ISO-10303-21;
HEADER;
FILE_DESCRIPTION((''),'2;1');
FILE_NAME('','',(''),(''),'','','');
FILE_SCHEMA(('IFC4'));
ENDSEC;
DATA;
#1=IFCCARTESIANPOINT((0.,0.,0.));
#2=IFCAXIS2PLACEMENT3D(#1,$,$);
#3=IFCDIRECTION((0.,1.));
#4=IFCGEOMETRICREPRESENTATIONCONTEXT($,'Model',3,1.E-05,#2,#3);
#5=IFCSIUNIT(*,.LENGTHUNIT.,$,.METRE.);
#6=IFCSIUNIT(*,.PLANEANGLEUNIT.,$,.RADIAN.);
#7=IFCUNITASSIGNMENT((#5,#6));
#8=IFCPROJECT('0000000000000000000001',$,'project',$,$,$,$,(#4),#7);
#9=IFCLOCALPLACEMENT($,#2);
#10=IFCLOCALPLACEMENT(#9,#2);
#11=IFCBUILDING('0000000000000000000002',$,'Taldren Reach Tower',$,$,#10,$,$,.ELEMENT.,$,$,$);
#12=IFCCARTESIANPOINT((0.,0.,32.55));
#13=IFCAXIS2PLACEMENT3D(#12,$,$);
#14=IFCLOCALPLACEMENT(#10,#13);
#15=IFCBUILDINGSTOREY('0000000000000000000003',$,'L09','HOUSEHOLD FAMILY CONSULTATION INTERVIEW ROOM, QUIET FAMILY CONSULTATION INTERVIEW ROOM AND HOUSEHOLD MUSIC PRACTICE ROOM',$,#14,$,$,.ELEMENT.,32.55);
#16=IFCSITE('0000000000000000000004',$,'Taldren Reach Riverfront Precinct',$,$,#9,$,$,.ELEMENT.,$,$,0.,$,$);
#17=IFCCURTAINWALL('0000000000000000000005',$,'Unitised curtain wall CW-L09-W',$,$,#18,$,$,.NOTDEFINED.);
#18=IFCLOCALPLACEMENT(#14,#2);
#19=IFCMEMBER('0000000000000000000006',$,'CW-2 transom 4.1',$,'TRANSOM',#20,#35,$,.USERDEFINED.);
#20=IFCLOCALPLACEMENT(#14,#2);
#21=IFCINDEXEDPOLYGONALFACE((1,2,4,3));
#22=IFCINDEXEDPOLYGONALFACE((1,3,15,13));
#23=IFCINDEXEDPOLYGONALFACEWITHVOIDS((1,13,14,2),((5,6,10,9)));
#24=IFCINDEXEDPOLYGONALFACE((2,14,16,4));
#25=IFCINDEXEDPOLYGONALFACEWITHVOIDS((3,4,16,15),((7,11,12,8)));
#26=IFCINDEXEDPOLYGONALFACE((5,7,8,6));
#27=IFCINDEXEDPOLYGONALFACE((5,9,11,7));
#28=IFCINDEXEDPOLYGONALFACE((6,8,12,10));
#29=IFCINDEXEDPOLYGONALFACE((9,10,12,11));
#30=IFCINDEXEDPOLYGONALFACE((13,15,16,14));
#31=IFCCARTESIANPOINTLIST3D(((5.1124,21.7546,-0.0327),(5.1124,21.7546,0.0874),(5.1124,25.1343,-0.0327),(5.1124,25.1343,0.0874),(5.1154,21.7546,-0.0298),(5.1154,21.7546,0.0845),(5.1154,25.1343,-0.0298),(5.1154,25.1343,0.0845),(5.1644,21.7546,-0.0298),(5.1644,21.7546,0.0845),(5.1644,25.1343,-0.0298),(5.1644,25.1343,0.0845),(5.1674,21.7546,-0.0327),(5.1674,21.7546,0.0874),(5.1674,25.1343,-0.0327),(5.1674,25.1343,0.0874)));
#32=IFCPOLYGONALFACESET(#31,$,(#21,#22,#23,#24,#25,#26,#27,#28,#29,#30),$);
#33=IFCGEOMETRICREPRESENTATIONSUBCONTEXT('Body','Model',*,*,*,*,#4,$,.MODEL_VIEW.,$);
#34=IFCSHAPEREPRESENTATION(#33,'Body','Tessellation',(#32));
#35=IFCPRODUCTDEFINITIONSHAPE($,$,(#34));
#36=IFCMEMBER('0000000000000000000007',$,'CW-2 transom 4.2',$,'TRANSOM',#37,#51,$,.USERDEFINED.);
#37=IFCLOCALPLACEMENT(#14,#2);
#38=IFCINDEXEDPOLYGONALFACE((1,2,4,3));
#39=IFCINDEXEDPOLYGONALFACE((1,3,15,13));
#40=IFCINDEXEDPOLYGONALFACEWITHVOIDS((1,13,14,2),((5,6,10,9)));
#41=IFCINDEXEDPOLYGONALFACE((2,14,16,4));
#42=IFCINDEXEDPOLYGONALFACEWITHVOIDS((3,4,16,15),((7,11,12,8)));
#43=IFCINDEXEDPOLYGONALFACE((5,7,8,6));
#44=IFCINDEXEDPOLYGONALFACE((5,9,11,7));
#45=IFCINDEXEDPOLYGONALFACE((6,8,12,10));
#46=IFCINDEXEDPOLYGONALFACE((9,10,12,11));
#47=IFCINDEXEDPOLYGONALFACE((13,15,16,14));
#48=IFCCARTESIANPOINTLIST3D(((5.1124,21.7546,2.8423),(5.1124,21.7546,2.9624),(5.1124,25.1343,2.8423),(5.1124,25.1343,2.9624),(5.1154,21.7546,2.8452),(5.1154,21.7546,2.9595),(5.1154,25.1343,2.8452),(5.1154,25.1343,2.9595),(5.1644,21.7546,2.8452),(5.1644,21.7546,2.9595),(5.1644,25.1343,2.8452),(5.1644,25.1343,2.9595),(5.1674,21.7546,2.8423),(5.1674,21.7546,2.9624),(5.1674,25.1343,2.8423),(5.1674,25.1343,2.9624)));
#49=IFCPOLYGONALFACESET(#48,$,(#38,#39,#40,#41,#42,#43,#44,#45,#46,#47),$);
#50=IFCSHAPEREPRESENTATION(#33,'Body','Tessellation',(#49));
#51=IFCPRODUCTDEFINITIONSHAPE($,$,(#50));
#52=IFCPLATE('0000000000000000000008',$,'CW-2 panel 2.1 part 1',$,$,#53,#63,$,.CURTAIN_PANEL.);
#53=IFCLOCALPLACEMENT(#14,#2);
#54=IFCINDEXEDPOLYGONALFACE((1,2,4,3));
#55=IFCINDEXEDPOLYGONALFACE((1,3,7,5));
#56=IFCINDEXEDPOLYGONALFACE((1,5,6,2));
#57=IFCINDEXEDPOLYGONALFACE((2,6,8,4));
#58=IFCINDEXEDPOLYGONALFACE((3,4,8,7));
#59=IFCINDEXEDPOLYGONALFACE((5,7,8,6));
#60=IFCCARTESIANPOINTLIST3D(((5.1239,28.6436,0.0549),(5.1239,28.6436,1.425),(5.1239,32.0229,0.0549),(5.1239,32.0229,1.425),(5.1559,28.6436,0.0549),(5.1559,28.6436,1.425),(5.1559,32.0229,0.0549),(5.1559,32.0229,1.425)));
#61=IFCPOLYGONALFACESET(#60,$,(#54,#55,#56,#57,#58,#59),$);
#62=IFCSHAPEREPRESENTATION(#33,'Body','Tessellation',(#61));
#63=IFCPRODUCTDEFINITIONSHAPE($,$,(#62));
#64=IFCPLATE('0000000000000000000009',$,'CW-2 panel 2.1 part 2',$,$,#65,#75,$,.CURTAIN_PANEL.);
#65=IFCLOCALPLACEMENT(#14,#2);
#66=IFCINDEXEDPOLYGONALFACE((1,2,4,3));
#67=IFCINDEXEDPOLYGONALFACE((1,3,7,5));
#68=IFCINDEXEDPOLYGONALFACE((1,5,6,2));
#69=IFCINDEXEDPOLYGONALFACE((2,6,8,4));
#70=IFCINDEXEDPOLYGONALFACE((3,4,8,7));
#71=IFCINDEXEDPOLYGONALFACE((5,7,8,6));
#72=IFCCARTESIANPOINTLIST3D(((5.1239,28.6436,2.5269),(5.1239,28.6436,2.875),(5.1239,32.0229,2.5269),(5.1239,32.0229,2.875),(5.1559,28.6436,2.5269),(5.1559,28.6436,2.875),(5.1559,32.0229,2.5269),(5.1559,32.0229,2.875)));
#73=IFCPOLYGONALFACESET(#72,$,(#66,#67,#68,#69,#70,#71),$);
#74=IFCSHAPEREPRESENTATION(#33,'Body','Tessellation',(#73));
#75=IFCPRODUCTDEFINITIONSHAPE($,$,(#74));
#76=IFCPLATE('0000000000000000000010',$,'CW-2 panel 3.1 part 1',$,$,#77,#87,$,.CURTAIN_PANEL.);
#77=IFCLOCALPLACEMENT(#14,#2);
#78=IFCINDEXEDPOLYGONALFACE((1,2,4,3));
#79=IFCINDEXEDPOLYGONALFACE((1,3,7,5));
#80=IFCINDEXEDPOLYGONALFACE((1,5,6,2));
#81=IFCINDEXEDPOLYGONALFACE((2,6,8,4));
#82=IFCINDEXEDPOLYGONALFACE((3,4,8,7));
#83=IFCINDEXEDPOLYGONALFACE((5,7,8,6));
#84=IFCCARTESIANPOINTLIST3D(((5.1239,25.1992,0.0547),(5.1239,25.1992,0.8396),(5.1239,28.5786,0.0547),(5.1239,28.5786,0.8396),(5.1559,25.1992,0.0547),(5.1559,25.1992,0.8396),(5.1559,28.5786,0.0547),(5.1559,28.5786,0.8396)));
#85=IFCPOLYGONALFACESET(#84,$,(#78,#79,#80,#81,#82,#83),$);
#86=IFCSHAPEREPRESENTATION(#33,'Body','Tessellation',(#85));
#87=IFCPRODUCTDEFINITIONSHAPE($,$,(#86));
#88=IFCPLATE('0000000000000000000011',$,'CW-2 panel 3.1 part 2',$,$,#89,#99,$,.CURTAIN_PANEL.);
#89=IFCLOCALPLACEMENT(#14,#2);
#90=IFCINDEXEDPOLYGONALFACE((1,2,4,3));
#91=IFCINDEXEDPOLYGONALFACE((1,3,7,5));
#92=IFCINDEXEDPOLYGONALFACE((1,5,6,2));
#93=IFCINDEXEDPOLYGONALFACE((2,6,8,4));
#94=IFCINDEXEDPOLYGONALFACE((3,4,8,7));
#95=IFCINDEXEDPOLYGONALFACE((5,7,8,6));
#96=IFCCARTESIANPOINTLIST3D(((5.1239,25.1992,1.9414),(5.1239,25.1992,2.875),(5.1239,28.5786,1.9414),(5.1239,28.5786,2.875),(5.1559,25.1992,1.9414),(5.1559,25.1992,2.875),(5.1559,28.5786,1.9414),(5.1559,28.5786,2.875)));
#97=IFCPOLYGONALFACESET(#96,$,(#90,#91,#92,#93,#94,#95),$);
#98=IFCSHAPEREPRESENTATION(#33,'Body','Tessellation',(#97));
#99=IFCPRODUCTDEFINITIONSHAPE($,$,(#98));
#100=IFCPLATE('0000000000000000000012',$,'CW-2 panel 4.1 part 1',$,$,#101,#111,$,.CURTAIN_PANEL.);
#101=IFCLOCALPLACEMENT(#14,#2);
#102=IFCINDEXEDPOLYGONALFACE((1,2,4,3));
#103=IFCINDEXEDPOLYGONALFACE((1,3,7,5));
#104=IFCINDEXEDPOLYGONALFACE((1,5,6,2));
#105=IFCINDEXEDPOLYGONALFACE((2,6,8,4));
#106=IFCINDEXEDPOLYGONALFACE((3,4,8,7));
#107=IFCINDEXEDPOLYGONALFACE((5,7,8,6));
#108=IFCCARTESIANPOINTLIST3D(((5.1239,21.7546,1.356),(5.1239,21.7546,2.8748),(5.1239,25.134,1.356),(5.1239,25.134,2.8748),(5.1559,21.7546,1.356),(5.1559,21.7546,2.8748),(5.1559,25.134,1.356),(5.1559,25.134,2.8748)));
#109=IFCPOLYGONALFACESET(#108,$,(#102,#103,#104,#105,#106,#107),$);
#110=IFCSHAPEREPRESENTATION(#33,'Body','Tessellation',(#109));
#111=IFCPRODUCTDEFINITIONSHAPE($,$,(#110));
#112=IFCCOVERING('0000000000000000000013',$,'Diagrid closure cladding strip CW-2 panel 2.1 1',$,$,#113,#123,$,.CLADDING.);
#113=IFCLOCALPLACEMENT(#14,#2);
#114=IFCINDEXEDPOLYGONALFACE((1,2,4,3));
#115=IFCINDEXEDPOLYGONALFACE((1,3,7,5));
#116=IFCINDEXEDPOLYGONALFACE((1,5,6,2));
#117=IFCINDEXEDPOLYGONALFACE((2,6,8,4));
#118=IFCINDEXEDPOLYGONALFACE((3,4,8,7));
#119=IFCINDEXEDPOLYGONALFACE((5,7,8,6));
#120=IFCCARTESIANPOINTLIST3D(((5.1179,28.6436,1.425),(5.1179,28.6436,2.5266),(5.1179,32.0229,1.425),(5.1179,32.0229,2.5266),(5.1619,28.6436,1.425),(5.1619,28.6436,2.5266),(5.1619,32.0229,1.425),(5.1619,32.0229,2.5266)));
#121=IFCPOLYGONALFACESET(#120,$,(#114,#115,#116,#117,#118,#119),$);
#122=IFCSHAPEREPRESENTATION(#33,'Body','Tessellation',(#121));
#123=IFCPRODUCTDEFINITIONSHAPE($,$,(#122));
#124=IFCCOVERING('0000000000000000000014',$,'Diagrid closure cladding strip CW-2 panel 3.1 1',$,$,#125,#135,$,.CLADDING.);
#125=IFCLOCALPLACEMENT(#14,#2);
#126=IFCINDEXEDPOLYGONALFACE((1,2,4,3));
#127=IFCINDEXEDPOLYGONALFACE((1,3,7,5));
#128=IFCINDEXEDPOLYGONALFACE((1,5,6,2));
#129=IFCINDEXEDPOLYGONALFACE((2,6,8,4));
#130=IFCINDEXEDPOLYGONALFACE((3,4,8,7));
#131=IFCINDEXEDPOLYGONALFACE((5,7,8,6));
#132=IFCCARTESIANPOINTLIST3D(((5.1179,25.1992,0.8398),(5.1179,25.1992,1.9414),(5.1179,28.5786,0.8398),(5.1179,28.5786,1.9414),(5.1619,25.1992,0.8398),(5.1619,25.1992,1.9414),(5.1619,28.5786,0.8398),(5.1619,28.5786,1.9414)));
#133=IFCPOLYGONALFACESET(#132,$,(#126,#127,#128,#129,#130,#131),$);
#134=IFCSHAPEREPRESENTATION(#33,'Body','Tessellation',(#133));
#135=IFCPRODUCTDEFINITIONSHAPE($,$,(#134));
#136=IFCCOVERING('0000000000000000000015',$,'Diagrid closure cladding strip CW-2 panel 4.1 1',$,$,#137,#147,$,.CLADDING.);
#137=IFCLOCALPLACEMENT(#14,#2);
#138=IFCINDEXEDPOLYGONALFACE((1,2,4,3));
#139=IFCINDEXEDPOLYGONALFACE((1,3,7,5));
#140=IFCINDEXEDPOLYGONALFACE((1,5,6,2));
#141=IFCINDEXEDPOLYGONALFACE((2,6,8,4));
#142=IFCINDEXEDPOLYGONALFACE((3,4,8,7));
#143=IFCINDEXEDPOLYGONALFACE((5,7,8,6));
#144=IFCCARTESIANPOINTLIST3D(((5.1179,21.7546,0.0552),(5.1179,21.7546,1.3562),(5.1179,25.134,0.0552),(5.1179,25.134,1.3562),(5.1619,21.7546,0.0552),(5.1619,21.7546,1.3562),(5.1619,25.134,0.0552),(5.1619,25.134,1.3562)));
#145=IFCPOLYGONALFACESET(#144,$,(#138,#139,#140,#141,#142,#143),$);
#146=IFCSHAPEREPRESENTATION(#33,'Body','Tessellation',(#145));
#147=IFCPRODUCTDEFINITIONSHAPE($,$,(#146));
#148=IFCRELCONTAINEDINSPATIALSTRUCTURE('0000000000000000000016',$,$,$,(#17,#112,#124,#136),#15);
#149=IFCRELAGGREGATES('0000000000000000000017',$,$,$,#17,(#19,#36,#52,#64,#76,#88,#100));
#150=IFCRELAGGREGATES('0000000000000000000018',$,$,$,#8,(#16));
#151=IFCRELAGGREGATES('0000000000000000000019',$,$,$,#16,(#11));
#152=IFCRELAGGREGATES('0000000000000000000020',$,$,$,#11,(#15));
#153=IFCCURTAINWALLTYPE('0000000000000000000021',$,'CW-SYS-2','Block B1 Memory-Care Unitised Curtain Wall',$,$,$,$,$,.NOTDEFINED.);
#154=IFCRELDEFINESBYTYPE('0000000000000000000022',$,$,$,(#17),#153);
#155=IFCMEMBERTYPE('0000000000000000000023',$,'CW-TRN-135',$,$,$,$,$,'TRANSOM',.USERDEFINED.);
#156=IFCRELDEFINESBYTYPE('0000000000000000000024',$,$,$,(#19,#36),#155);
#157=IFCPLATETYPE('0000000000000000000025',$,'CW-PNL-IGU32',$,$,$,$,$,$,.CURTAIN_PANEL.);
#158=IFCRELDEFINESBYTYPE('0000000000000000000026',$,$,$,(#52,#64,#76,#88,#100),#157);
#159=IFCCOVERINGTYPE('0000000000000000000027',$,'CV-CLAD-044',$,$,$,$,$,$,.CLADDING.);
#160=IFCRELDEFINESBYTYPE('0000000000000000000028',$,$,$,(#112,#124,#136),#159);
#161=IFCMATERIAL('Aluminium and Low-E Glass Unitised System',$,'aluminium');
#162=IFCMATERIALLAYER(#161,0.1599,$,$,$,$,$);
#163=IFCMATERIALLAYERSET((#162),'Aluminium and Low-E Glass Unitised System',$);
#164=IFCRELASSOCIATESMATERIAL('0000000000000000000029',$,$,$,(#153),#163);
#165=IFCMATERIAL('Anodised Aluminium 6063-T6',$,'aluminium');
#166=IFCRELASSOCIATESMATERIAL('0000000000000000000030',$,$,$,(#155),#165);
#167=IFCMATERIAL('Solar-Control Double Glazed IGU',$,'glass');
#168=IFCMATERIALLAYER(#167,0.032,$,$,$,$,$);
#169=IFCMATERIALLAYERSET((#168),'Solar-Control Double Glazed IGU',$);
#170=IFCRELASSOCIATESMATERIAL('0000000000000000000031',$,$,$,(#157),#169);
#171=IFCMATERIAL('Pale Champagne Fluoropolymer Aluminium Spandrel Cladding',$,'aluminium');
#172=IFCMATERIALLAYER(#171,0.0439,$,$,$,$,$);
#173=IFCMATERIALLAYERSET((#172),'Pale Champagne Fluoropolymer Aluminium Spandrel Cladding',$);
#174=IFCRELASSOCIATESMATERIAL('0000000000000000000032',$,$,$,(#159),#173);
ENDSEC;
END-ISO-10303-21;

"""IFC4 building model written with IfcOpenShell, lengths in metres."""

from ifc_helpers import new_model, si_unit, direction, frame, origin, origin_2d, place, context, subcontext, project, spatial, rectangle, hollow_rectangle, extrude, source, transform, mapped, material, layer, layer_set, material_profile, profile_set, type_object, element, aggregate, save


model = new_model("IFC4")

# Units and contexts
model_context = context("Model", 3, precision=1e-05, world=origin(), true_north=direction((0.0, 1.0)))
body_context = subcontext(model_context, "Body", "Model", "MODEL_VIEW")
ifc_project = project(units=[si_unit("LENGTHUNIT", "METRE"), si_unit("PLANEANGLEUNIT", "RADIAN")], contexts=[model_context])

# Site, building, storey
site_placement = place(None, origin())
site = spatial("IfcSite", under=ifc_project, at=site_placement, Name="Taldren Reach Riverfront Precinct", CompositionType="ELEMENT", RefElevation=0.0)
building_placement = place(site_placement, origin())
building = spatial("IfcBuilding", under=site, at=building_placement, Name="Taldren Reach Tower", CompositionType="ELEMENT")
storey_placement = place(building_placement, frame((0.0, 0.0, 32.55)))
storey = spatial("IfcBuildingStorey", under=building, at=storey_placement, Name="L09", Description="HOUSEHOLD FAMILY CONSULTATION INTERVIEW ROOM, QUIET FAMILY CONSULTATION INTERVIEW ROOM AND HOUSEHOLD MUSIC PRACTICE ROOM", CompositionType="ELEMENT", Elevation=32.55)

# Curtain wall, members, plates
ifc_material_1 = material(Name="Aluminium and Low-E Glass Unitised System", Category="aluminium")
ifc_layer_1 = layer(ifc_material_1, 0.1599)
ifc_layer_set_1 = layer_set([ifc_layer_1], Name="Aluminium and Low-E Glass Unitised System")
curtain_wall_type = type_object("IfcCurtainWallType", Name="CW-SYS-2", Description="Block B1 Memory-Care Unitised Curtain Wall", PredefinedType="NOTDEFINED", material=ifc_layer_set_1)
curtain_wall_placement = place(storey_placement, origin())
curtain_wall = element("IfcCurtainWall", 1, at=curtain_wall_placement, inside=storey, type_object=curtain_wall_type, Name="Unitised curtain wall CW-L09-W", PredefinedType="NOTDEFINED")
ifc_material_2 = material(Name="Anodised Aluminium 6063-T6", Category="aluminium")
ifc_material_profile_1 = material_profile(ifc_material_2, hollow_rectangle(XDim=0.0549, YDim=0.1201, WallThickness=0.0029, at=origin_2d()), Name="ALU-120x55x3RHS")
ifc_profile_set_1 = profile_set([ifc_material_profile_1], Name="Anodised Aluminium 6063-T6")
member_type_1 = type_object("IfcMemberType", Name="CW-TRN-135", ElementType="TRANSOM", PredefinedType="USERDEFINED", material=ifc_profile_set_1)
shared_shape_1 = source(origin(), body_context, "Body", "SweptSolid", [
    extrude(hollow_rectangle(XDim=0.0549, YDim=0.1201, WallThickness=0.0029, at=origin_2d()), origin(), (0.0, 0.0, 1.0), 3.3796),
])
member_1_placement = place(storey_placement, frame((5.1399, 25.1343, 0.0273), z_axis=(0.0, -1.0, 0.0), x_axis=(1.0, 0.0, 0.0)))
member_1 = element("IfcMember", 2, at=member_1_placement, type_object=member_type_1, Name="CW-2 transom 4.1", ObjectType="TRANSOM", PredefinedType="USERDEFINED", context=body_context, shape_type="MappedRepresentation", body=[
    mapped(shared_shape_1, transform((0.0, 0.0, 0.0), scale=1.0)),
])
member_2_placement = place(storey_placement, frame((5.1399, 25.1343, 2.9023), z_axis=(0.0, -1.0, 0.0), x_axis=(1.0, 0.0, 0.0)))
member_2 = element("IfcMember", 3, at=member_2_placement, type_object=member_type_1, Name="CW-2 transom 4.2", ObjectType="TRANSOM", PredefinedType="USERDEFINED", context=body_context, shape_type="MappedRepresentation", body=[
    mapped(shared_shape_1, transform((0.0, 0.0, 0.0), scale=1.0)),
])
ifc_material_3 = material(Name="Solar-Control Double Glazed IGU", Category="glass")
ifc_layer_2 = layer(ifc_material_3, 0.032)
ifc_layer_set_2 = layer_set([ifc_layer_2], Name="Solar-Control Double Glazed IGU")
plate_type = type_object("IfcPlateType", Name="CW-PNL-IGU32", PredefinedType="CURTAIN_PANEL", material=ifc_layer_set_2)
shared_shape_2 = source(origin(), body_context, "Body", "SweptSolid", [
    extrude(rectangle(XDim=3.3794, YDim=0.032, at=origin_2d()), origin(), (0.0, 0.0, 1.0), 1.3701),
])
plate_1_placement = place(storey_placement, frame((5.1399, 30.3333, 0.0549), z_axis=(0.0, 0.0, 1.0), x_axis=(0.0, -1.0, 0.0)))
plate_1 = element("IfcPlate", 4, at=plate_1_placement, type_object=plate_type, Name="CW-2 panel 2.1 part 1", PredefinedType="CURTAIN_PANEL", context=body_context, shape_type="MappedRepresentation", body=[
    mapped(shared_shape_2, transform((0.0, 0.0, 0.0), scale=1.0)),
])
shared_shape_3 = source(origin(), body_context, "Body", "SweptSolid", [
    extrude(rectangle(XDim=3.3794, YDim=0.032, at=origin_2d()), origin(), (0.0, 0.0, 1.0), 0.3481),
])
plate_2_placement = place(storey_placement, frame((5.1399, 30.3333, 2.5269), z_axis=(0.0, 0.0, 1.0), x_axis=(0.0, -1.0, 0.0)))
plate_2 = element("IfcPlate", 5, at=plate_2_placement, type_object=plate_type, Name="CW-2 panel 2.1 part 2", PredefinedType="CURTAIN_PANEL", context=body_context, shape_type="MappedRepresentation", body=[
    mapped(shared_shape_3, transform((0.0, 0.0, 0.0), scale=1.0)),
])
shared_shape_4 = source(origin(), body_context, "Body", "SweptSolid", [
    extrude(rectangle(XDim=3.3794, YDim=0.032, at=origin_2d()), origin(), (0.0, 0.0, 1.0), 0.7849),
])
plate_3_placement = place(storey_placement, frame((5.1399, 26.8889, 0.0547), z_axis=(0.0, 0.0, 1.0), x_axis=(0.0, -1.0, 0.0)))
plate_3 = element("IfcPlate", 6, at=plate_3_placement, type_object=plate_type, Name="CW-2 panel 3.1 part 1", PredefinedType="CURTAIN_PANEL", context=body_context, shape_type="MappedRepresentation", body=[
    mapped(shared_shape_4, transform((0.0, 0.0, 0.0), scale=1.0)),
])
shared_shape_5 = source(origin(), body_context, "Body", "SweptSolid", [
    extrude(rectangle(XDim=3.3794, YDim=0.032, at=origin_2d()), origin(), (0.0, 0.0, 1.0), 0.9336),
])
plate_4_placement = place(storey_placement, frame((5.1399, 26.8889, 1.9414), z_axis=(0.0, 0.0, 1.0), x_axis=(0.0, -1.0, 0.0)))
plate_4 = element("IfcPlate", 7, at=plate_4_placement, type_object=plate_type, Name="CW-2 panel 3.1 part 2", PredefinedType="CURTAIN_PANEL", context=body_context, shape_type="MappedRepresentation", body=[
    mapped(shared_shape_5, transform((0.0, 0.0, 0.0), scale=1.0)),
])
shared_shape_6 = source(origin(), body_context, "Body", "SweptSolid", [
    extrude(rectangle(XDim=3.3794, YDim=0.032, at=origin_2d()), origin(), (0.0, 0.0, 1.0), 1.5188),
])
plate_5_placement = place(storey_placement, frame((5.1399, 23.4443, 1.356), z_axis=(0.0, 0.0, 1.0), x_axis=(0.0, -1.0, 0.0)))
plate_5 = element("IfcPlate", 8, at=plate_5_placement, type_object=plate_type, Name="CW-2 panel 4.1 part 1", PredefinedType="CURTAIN_PANEL", context=body_context, shape_type="MappedRepresentation", body=[
    mapped(shared_shape_6, transform((0.0, 0.0, 0.0), scale=1.0)),
])
aggregate(curtain_wall, [member_1, member_2, plate_1, plate_2, plate_3, plate_4, plate_5])

# Coverings
ifc_material_4 = material(Name="Pale Champagne Fluoropolymer Aluminium Spandrel Cladding", Category="aluminium")
ifc_layer_3 = layer(ifc_material_4, 0.0439)
ifc_layer_set_3 = layer_set([ifc_layer_3], Name="Pale Champagne Fluoropolymer Aluminium Spandrel Cladding")
covering_type = type_object("IfcCoveringType", Name="CV-CLAD-044", PredefinedType="CLADDING", material=ifc_layer_set_3)
shared_shape_7 = source(origin(), body_context, "Body", "SweptSolid", [
    extrude(rectangle(XDim=3.3794, YDim=0.0439, at=origin_2d()), origin(), (0.0, 0.0, 1.0), 1.1016),
])
for number, where, z_axis, x_axis, name in (
    (9, (5.1399, 30.3333, 1.425), (0.0, 0.0, 1.0), (0.0, -1.0, 0.0), "Diagrid closure cladding strip CW-2 panel 2.1 1"),
    (10, (5.1399, 26.8889, 0.8398), (0.0, 0.0, 1.0), (0.0, -1.0, 0.0), "Diagrid closure cladding strip CW-2 panel 3.1 1"),
):
    element("IfcCovering", number, at=place(storey_placement, frame(where, z_axis=z_axis, x_axis=x_axis)), inside=storey, type_object=covering_type, Name=name, PredefinedType="CLADDING", context=body_context, shape_type="MappedRepresentation", body=[
        mapped(shared_shape_7, transform((0.0, 0.0, 0.0), scale=1.0)),
    ])
shared_shape_8 = source(origin(), body_context, "Body", "SweptSolid", [
    extrude(rectangle(XDim=3.3794, YDim=0.0439, at=origin_2d()), origin(), (0.0, 0.0, 1.0), 1.301),
])
covering_placement = place(storey_placement, frame((5.1399, 23.4443, 0.0552), z_axis=(0.0, 0.0, 1.0), x_axis=(0.0, -1.0, 0.0)))
element("IfcCovering", 11, at=covering_placement, inside=storey, type_object=covering_type, Name="Diagrid closure cladding strip CW-2 panel 4.1 1", PredefinedType="CLADDING", context=body_context, shape_type="MappedRepresentation", body=[
    mapped(shared_shape_8, transform((0.0, 0.0, 0.0), scale=1.0)),
])

save(model, "model.ifc")
